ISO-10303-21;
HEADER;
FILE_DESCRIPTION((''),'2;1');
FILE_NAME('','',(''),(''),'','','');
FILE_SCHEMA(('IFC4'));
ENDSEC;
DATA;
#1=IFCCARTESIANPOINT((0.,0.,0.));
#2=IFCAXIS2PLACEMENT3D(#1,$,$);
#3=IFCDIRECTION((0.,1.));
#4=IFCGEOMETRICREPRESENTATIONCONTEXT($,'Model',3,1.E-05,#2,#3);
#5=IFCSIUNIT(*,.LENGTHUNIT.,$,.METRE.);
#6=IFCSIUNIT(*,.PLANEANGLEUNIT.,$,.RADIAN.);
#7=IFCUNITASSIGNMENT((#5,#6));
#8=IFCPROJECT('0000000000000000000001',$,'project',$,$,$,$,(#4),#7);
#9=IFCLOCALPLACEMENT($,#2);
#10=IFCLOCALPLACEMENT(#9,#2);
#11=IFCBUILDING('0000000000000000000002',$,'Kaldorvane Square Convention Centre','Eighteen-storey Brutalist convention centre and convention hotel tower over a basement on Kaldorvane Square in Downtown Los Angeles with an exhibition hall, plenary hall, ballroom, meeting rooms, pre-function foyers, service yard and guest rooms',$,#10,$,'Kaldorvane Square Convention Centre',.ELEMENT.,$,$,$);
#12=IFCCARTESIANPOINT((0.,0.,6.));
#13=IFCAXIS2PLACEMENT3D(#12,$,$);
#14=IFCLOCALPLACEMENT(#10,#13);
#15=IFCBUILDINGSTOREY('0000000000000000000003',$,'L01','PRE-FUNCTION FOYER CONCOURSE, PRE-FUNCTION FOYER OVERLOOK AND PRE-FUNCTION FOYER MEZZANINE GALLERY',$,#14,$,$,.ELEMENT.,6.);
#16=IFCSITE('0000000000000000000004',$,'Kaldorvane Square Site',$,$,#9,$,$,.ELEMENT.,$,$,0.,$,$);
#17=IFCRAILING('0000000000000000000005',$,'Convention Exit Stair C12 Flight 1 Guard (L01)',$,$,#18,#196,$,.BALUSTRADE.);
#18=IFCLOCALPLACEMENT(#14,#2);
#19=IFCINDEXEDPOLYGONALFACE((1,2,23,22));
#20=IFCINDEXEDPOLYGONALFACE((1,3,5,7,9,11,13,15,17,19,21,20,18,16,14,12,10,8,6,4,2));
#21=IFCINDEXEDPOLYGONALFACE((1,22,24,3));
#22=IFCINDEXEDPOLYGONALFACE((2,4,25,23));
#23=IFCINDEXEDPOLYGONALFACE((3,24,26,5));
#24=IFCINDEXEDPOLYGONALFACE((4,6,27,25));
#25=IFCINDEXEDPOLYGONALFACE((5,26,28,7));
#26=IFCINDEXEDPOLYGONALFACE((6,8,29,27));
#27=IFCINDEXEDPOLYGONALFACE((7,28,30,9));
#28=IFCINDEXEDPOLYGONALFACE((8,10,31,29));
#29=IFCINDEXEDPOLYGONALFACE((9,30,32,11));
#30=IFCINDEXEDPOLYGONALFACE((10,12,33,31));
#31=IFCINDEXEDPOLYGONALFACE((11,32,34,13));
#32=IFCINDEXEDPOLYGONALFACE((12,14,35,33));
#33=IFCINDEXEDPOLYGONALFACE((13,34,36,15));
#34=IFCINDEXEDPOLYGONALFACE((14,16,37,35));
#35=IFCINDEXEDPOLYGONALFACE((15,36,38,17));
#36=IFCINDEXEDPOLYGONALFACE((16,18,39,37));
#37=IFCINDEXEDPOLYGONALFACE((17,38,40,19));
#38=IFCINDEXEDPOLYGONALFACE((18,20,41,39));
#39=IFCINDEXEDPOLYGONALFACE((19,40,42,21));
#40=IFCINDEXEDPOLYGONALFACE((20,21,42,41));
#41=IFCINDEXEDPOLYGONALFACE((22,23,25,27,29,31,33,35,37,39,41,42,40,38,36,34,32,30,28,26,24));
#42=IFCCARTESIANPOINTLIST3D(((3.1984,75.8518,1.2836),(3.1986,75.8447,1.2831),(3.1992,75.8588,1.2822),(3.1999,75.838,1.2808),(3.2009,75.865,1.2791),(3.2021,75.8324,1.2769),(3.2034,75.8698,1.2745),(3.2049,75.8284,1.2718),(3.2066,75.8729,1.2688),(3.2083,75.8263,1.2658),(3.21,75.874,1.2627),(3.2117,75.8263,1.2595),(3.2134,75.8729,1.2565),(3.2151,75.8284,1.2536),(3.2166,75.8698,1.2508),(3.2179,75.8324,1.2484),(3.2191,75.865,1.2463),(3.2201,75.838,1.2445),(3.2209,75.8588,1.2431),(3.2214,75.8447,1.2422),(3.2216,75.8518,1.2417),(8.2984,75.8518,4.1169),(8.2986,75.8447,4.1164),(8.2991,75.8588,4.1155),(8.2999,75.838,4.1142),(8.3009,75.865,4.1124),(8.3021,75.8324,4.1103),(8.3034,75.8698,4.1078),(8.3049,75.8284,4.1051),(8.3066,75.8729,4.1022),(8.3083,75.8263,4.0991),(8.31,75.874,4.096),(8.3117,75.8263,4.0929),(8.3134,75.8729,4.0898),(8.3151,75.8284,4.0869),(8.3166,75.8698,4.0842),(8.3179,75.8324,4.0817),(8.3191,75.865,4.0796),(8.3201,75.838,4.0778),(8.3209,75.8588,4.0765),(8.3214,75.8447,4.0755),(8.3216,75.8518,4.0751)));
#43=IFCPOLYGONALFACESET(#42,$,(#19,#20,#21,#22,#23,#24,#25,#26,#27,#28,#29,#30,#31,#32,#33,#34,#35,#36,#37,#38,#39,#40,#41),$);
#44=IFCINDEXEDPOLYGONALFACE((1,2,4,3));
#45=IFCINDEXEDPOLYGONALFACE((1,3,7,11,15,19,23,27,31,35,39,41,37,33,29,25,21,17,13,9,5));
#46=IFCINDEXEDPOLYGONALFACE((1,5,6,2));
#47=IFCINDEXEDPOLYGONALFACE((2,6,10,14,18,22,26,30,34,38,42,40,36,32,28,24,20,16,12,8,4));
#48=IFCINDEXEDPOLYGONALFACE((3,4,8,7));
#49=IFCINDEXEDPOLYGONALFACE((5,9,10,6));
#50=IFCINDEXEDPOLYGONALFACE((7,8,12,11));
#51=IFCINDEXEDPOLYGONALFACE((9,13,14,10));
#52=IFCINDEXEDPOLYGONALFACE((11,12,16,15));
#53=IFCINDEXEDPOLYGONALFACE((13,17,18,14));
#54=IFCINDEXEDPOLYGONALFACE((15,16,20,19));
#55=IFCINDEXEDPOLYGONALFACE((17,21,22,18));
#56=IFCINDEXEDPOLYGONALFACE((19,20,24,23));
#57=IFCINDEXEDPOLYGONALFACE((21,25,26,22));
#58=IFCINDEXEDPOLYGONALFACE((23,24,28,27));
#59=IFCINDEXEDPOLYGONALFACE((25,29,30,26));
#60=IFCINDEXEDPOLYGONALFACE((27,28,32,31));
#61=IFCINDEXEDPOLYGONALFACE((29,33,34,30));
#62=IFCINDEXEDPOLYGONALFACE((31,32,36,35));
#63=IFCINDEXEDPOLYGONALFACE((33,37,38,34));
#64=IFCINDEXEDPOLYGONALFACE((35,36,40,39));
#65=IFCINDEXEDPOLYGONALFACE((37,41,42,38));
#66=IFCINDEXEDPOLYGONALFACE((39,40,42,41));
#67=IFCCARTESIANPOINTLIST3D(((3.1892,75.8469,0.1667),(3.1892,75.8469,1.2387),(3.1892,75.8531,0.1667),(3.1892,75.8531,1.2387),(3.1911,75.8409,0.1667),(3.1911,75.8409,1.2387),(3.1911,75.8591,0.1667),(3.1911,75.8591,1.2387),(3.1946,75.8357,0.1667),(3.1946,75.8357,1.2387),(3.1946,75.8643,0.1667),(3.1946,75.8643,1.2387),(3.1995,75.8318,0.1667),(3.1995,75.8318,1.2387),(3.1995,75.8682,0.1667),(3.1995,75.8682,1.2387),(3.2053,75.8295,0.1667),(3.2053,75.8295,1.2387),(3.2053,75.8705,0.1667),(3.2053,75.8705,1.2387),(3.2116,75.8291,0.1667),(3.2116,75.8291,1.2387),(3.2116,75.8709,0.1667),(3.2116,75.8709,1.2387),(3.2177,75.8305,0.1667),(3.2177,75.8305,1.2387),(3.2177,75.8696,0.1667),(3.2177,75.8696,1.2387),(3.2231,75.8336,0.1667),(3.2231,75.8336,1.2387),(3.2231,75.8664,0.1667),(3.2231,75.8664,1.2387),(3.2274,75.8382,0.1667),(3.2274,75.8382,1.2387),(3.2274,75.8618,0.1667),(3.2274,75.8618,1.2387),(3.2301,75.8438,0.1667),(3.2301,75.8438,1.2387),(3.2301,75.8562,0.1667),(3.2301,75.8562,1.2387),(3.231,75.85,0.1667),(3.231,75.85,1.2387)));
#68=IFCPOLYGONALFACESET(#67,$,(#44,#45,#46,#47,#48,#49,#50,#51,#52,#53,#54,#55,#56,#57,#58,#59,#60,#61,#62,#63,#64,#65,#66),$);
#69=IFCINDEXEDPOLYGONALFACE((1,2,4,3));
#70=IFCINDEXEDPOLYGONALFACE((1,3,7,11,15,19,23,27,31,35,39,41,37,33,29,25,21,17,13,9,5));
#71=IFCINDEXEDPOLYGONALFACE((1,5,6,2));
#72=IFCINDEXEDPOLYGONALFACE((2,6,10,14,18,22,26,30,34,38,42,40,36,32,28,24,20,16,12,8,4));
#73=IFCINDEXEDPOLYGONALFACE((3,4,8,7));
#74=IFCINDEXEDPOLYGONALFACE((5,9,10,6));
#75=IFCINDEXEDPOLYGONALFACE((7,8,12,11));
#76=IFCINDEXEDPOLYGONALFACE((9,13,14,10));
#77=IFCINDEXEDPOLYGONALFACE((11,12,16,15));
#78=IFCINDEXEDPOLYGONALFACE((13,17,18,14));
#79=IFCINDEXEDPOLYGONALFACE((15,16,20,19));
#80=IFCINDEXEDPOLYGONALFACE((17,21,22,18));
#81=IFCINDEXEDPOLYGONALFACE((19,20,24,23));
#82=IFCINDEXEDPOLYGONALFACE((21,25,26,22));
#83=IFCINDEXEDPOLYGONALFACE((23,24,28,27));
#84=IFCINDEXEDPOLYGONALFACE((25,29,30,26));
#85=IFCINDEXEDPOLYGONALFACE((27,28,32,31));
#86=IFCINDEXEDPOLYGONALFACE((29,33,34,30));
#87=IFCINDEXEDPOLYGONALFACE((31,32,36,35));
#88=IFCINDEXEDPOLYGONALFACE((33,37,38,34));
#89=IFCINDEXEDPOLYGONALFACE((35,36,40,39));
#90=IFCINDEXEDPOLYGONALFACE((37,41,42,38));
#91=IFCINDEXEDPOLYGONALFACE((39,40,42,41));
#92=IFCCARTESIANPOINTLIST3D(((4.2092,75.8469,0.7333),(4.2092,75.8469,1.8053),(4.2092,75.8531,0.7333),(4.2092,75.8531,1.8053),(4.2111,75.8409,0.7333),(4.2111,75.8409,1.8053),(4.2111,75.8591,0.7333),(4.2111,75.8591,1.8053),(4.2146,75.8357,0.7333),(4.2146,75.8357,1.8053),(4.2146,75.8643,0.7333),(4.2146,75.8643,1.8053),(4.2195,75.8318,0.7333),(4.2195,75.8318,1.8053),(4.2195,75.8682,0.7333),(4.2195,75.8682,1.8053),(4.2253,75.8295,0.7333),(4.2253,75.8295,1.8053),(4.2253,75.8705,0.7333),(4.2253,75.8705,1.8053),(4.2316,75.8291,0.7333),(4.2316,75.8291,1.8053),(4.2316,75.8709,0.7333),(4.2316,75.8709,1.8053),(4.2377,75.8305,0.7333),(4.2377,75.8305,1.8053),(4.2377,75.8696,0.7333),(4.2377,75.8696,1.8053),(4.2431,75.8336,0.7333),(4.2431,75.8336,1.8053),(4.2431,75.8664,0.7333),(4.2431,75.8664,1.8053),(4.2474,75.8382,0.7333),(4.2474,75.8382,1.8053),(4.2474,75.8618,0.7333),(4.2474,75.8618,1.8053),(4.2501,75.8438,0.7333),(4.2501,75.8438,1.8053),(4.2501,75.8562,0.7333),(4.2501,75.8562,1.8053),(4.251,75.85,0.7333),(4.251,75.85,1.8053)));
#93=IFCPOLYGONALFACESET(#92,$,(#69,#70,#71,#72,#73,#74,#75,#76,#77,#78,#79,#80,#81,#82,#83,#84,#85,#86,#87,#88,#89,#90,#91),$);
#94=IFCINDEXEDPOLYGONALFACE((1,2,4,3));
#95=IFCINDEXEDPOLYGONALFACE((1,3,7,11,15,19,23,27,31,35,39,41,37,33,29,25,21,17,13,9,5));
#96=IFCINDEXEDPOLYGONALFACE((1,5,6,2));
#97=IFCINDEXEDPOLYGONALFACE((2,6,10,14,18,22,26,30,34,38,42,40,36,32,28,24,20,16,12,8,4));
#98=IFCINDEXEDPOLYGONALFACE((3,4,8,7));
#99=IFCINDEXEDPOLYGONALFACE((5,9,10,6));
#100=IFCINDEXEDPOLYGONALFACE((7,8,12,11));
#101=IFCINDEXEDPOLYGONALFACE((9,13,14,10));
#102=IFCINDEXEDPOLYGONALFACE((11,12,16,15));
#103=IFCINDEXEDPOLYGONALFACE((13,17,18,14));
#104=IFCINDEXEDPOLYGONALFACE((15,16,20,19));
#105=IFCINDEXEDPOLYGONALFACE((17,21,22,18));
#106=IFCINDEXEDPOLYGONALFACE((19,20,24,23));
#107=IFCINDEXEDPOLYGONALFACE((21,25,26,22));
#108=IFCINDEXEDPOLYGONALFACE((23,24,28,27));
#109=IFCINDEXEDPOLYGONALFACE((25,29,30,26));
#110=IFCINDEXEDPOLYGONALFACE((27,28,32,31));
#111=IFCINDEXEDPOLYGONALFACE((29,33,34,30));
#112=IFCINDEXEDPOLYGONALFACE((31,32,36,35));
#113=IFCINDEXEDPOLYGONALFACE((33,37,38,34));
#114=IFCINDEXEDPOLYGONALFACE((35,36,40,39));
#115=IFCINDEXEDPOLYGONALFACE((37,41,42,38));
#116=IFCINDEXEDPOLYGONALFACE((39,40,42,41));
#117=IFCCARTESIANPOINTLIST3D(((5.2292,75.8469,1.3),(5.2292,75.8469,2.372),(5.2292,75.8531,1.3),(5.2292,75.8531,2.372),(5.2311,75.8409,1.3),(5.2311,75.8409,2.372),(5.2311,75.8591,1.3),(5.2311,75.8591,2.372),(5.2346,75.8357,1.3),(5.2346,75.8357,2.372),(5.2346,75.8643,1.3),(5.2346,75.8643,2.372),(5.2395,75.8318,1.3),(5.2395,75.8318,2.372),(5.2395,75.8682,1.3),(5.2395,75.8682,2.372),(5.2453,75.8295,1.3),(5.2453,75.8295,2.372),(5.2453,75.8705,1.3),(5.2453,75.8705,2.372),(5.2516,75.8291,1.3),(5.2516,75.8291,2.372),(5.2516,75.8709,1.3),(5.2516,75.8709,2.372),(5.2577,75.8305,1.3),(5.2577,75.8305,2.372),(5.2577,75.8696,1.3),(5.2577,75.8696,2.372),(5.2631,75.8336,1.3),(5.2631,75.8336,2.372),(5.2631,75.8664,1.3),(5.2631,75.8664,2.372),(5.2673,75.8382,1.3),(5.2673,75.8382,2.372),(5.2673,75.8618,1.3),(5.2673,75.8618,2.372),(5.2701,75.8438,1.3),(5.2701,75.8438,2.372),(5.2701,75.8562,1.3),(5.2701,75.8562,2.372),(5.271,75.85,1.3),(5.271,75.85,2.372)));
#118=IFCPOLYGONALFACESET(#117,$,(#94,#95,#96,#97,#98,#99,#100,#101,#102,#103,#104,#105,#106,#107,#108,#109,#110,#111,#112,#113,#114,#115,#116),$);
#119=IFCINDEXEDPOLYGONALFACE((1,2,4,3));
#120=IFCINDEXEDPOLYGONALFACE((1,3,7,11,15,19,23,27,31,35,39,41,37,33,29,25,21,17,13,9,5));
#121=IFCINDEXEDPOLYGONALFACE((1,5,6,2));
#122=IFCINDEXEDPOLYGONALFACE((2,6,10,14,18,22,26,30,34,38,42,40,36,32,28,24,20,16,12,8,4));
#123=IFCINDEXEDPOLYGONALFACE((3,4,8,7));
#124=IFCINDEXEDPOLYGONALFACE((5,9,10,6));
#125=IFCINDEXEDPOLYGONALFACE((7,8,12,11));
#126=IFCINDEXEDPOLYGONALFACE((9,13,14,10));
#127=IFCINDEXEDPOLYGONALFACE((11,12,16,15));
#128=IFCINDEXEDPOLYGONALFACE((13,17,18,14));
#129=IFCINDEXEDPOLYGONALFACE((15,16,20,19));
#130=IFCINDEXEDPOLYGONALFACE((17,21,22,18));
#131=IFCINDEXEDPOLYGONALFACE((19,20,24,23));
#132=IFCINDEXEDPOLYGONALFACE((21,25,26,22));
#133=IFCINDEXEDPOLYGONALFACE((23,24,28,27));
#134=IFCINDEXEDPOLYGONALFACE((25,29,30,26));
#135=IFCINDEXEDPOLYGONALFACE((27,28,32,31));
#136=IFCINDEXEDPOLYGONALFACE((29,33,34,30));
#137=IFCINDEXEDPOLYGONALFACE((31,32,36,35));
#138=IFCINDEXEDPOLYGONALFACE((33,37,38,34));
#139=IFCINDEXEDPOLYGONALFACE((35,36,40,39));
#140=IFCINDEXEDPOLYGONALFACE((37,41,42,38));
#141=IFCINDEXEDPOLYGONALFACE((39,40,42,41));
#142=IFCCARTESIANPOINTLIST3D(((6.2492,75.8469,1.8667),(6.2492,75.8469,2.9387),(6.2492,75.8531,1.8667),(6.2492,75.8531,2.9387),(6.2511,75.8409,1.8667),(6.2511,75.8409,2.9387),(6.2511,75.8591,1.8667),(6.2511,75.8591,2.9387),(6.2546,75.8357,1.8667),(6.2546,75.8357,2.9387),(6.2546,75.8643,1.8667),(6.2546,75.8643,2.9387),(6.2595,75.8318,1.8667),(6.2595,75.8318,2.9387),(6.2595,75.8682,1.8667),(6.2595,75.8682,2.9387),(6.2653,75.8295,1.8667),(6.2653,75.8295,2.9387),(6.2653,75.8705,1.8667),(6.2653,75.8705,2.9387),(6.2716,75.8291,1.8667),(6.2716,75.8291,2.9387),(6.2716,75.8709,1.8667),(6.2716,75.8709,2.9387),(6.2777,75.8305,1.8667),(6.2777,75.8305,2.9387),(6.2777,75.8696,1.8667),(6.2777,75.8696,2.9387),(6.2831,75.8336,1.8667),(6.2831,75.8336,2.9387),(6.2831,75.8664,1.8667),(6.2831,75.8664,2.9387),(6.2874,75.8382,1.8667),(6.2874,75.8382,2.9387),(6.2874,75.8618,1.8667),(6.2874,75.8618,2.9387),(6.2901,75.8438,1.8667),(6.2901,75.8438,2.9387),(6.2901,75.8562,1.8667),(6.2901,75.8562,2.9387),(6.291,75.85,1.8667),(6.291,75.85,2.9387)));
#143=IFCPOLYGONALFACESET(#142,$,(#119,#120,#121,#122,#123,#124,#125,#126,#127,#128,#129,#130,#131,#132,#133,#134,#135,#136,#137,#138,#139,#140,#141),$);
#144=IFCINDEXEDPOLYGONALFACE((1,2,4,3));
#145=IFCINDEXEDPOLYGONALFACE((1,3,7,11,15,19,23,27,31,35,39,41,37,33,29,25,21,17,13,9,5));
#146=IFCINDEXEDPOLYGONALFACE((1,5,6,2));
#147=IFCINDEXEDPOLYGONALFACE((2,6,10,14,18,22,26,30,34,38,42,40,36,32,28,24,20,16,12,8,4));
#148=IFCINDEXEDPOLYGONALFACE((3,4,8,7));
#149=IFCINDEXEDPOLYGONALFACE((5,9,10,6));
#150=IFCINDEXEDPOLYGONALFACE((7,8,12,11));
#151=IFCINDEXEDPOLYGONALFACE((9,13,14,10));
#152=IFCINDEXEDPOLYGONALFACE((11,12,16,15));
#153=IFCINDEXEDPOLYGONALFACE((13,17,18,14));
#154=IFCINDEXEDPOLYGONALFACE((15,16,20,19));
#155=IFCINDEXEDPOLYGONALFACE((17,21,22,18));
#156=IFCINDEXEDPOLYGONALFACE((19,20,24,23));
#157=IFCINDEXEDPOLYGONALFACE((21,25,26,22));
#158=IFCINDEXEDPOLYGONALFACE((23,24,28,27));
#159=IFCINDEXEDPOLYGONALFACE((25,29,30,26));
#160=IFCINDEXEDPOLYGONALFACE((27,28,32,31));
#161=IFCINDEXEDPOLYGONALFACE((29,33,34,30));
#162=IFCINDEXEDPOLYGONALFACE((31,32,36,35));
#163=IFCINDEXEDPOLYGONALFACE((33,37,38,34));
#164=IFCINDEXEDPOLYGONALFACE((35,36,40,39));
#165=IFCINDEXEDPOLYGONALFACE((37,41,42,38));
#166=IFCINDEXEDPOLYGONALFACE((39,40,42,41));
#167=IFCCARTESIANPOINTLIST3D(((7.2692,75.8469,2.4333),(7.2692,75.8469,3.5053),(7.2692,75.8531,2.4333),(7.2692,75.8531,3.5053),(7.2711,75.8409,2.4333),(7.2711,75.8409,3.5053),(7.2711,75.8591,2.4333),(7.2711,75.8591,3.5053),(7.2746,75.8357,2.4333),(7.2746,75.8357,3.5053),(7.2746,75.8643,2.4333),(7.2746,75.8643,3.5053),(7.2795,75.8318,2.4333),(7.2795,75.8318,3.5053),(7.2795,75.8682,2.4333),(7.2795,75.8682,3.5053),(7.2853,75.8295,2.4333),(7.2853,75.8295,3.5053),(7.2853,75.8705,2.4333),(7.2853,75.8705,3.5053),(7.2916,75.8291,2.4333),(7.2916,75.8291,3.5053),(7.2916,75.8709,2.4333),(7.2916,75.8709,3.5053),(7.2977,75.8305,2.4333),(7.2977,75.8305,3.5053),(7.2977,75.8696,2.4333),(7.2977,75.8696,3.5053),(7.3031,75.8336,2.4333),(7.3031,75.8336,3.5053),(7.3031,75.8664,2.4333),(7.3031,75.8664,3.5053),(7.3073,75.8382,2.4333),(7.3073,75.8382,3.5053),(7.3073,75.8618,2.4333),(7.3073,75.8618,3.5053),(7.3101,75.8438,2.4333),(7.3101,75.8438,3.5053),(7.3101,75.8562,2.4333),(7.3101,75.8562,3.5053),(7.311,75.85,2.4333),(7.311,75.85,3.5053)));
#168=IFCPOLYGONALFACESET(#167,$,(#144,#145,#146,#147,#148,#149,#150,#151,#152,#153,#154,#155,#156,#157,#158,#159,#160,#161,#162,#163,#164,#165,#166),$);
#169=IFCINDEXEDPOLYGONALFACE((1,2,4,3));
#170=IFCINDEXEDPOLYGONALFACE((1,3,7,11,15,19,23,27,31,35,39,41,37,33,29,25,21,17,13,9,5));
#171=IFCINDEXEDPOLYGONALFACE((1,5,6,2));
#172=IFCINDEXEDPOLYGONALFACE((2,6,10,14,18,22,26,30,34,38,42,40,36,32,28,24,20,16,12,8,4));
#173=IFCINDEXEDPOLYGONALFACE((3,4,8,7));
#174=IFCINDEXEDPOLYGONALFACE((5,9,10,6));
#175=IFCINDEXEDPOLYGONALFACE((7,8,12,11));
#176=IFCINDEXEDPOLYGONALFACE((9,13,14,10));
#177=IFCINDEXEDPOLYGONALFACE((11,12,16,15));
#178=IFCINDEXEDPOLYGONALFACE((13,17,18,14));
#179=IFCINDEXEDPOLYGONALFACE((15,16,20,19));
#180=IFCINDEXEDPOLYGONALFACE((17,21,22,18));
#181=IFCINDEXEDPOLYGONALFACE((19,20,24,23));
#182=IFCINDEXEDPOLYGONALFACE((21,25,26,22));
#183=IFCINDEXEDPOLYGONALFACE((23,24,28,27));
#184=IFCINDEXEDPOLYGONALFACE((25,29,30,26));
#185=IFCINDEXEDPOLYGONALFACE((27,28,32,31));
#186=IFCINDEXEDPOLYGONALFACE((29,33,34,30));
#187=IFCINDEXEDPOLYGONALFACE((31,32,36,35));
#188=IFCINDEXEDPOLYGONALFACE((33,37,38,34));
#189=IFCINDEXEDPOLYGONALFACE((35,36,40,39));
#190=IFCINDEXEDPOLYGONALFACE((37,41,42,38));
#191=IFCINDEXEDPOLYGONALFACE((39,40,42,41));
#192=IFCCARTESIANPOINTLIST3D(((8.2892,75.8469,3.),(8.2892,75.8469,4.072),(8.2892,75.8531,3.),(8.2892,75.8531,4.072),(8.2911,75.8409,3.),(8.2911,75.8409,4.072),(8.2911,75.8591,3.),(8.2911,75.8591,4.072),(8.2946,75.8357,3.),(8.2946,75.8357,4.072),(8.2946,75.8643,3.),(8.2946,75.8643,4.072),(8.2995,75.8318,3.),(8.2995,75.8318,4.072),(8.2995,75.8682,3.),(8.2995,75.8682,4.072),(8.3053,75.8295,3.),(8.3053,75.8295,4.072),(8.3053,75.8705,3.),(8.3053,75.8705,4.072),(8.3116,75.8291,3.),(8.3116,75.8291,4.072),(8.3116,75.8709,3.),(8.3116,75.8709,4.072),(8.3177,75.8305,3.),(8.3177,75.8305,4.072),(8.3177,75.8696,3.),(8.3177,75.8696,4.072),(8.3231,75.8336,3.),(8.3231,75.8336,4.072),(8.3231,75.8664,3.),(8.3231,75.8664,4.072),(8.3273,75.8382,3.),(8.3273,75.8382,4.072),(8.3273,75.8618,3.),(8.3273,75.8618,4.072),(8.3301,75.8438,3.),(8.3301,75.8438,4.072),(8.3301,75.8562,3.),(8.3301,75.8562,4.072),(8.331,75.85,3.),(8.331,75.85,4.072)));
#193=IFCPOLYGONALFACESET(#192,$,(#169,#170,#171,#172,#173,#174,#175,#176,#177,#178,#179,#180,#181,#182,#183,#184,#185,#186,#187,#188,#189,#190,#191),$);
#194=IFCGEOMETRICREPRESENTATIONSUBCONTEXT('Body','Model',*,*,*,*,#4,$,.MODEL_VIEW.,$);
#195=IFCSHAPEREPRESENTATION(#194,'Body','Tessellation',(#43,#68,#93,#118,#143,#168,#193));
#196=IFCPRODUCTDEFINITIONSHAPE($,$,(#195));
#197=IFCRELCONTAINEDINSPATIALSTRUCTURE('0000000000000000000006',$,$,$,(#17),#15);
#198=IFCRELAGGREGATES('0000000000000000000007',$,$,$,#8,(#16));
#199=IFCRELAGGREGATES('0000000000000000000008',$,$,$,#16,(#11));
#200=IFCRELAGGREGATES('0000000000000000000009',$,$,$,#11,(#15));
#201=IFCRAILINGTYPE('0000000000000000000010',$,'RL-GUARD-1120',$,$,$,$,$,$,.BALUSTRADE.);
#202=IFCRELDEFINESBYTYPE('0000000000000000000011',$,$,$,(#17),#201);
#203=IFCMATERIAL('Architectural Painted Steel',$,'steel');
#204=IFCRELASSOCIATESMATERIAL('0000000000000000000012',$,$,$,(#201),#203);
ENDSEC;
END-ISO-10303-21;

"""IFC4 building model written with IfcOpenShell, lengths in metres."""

from ifc_helpers import new_model, si_unit, direction, frame, origin, origin_2d, place, context, subcontext, project, spatial, circle, extrude, material, type_object, element, save


model = new_model("IFC4")

# Units and contexts
model_context = context("Model", 3, precision=1e-05, world=origin(), true_north=direction((0.0, 1.0)))
body_context = subcontext(model_context, "Body", "Model", "MODEL_VIEW")
ifc_project = project(units=[si_unit("LENGTHUNIT", "METRE"), si_unit("PLANEANGLEUNIT", "RADIAN")], contexts=[model_context])

# Site, building, storey
site_placement = place(None, origin())
site = spatial("IfcSite", under=ifc_project, at=site_placement, Name="Kaldorvane Square Site", CompositionType="ELEMENT", RefElevation=0.0)
building_placement = place(site_placement, origin())
building = spatial("IfcBuilding", under=site, at=building_placement, Name="Kaldorvane Square Convention Centre", Description="Eighteen-storey Brutalist convention centre and convention hotel tower over a basement on Kaldorvane Square in Downtown Los Angeles with an exhibition hall, plenary hall, ballroom, meeting rooms, pre-function foyers, service yard and guest rooms", LongName="Kaldorvane Square Convention Centre", CompositionType="ELEMENT")
storey_placement = place(building_placement, frame((0.0, 0.0, 6.0)))
storey = spatial("IfcBuildingStorey", under=building, at=storey_placement, Name="L01", Description="PRE-FUNCTION FOYER CONCOURSE, PRE-FUNCTION FOYER OVERLOOK AND PRE-FUNCTION FOYER MEZZANINE GALLERY", CompositionType="ELEMENT", Elevation=6.0)

# Railing
ifc_material_1 = material(Name="Architectural Painted Steel", Category="steel")
railing_type_1 = type_object("IfcRailingType", Name="RL-GUARD-1120", PredefinedType="BALUSTRADE", material=ifc_material_1)
railing_1_placement = place(storey_placement, frame((3.21, 75.85, 0.1667)))
element("IfcRailing", 1, at=railing_1_placement, inside=storey, type_object=railing_type_1, Name="Convention Exit Stair C12 Flight 1 Guard (L01)", PredefinedType="BALUSTRADE", context=body_context, shape_type="SweptSolid", body=[
    extrude(circle(Radius=0.024, at=origin_2d()), frame((0.0, 0.0, 1.096), z_axis=(0.874157, 0.0, 0.485643), x_axis=(0.0, 1.0, 0.0)), (0.0, 0.0, 1.0), 5.8342),
    extrude(circle(Radius=0.021, at=origin_2d()), origin(), (0.0, 0.0, 1.0), 1.072),
    extrude(circle(Radius=0.021, at=origin_2d()), frame((1.02, 0.0, 0.5667)), (0.0, 0.0, 1.0), 1.072),
    extrude(circle(Radius=0.021, at=origin_2d()), frame((2.04, 0.0, 1.1333)), (0.0, 0.0, 1.0), 1.072),
    extrude(circle(Radius=0.021, at=origin_2d()), frame((3.06, 0.0, 1.7)), (0.0, 0.0, 1.0), 1.072),
    extrude(circle(Radius=0.021, at=origin_2d()), frame((4.08, 0.0, 2.2667)), (0.0, 0.0, 1.0), 1.072),
    extrude(circle(Radius=0.021, at=origin_2d()), frame((5.1, 0.0, 2.8333)), (0.0, 0.0, 1.0), 1.072),
])

save(model, "model.ifc")
